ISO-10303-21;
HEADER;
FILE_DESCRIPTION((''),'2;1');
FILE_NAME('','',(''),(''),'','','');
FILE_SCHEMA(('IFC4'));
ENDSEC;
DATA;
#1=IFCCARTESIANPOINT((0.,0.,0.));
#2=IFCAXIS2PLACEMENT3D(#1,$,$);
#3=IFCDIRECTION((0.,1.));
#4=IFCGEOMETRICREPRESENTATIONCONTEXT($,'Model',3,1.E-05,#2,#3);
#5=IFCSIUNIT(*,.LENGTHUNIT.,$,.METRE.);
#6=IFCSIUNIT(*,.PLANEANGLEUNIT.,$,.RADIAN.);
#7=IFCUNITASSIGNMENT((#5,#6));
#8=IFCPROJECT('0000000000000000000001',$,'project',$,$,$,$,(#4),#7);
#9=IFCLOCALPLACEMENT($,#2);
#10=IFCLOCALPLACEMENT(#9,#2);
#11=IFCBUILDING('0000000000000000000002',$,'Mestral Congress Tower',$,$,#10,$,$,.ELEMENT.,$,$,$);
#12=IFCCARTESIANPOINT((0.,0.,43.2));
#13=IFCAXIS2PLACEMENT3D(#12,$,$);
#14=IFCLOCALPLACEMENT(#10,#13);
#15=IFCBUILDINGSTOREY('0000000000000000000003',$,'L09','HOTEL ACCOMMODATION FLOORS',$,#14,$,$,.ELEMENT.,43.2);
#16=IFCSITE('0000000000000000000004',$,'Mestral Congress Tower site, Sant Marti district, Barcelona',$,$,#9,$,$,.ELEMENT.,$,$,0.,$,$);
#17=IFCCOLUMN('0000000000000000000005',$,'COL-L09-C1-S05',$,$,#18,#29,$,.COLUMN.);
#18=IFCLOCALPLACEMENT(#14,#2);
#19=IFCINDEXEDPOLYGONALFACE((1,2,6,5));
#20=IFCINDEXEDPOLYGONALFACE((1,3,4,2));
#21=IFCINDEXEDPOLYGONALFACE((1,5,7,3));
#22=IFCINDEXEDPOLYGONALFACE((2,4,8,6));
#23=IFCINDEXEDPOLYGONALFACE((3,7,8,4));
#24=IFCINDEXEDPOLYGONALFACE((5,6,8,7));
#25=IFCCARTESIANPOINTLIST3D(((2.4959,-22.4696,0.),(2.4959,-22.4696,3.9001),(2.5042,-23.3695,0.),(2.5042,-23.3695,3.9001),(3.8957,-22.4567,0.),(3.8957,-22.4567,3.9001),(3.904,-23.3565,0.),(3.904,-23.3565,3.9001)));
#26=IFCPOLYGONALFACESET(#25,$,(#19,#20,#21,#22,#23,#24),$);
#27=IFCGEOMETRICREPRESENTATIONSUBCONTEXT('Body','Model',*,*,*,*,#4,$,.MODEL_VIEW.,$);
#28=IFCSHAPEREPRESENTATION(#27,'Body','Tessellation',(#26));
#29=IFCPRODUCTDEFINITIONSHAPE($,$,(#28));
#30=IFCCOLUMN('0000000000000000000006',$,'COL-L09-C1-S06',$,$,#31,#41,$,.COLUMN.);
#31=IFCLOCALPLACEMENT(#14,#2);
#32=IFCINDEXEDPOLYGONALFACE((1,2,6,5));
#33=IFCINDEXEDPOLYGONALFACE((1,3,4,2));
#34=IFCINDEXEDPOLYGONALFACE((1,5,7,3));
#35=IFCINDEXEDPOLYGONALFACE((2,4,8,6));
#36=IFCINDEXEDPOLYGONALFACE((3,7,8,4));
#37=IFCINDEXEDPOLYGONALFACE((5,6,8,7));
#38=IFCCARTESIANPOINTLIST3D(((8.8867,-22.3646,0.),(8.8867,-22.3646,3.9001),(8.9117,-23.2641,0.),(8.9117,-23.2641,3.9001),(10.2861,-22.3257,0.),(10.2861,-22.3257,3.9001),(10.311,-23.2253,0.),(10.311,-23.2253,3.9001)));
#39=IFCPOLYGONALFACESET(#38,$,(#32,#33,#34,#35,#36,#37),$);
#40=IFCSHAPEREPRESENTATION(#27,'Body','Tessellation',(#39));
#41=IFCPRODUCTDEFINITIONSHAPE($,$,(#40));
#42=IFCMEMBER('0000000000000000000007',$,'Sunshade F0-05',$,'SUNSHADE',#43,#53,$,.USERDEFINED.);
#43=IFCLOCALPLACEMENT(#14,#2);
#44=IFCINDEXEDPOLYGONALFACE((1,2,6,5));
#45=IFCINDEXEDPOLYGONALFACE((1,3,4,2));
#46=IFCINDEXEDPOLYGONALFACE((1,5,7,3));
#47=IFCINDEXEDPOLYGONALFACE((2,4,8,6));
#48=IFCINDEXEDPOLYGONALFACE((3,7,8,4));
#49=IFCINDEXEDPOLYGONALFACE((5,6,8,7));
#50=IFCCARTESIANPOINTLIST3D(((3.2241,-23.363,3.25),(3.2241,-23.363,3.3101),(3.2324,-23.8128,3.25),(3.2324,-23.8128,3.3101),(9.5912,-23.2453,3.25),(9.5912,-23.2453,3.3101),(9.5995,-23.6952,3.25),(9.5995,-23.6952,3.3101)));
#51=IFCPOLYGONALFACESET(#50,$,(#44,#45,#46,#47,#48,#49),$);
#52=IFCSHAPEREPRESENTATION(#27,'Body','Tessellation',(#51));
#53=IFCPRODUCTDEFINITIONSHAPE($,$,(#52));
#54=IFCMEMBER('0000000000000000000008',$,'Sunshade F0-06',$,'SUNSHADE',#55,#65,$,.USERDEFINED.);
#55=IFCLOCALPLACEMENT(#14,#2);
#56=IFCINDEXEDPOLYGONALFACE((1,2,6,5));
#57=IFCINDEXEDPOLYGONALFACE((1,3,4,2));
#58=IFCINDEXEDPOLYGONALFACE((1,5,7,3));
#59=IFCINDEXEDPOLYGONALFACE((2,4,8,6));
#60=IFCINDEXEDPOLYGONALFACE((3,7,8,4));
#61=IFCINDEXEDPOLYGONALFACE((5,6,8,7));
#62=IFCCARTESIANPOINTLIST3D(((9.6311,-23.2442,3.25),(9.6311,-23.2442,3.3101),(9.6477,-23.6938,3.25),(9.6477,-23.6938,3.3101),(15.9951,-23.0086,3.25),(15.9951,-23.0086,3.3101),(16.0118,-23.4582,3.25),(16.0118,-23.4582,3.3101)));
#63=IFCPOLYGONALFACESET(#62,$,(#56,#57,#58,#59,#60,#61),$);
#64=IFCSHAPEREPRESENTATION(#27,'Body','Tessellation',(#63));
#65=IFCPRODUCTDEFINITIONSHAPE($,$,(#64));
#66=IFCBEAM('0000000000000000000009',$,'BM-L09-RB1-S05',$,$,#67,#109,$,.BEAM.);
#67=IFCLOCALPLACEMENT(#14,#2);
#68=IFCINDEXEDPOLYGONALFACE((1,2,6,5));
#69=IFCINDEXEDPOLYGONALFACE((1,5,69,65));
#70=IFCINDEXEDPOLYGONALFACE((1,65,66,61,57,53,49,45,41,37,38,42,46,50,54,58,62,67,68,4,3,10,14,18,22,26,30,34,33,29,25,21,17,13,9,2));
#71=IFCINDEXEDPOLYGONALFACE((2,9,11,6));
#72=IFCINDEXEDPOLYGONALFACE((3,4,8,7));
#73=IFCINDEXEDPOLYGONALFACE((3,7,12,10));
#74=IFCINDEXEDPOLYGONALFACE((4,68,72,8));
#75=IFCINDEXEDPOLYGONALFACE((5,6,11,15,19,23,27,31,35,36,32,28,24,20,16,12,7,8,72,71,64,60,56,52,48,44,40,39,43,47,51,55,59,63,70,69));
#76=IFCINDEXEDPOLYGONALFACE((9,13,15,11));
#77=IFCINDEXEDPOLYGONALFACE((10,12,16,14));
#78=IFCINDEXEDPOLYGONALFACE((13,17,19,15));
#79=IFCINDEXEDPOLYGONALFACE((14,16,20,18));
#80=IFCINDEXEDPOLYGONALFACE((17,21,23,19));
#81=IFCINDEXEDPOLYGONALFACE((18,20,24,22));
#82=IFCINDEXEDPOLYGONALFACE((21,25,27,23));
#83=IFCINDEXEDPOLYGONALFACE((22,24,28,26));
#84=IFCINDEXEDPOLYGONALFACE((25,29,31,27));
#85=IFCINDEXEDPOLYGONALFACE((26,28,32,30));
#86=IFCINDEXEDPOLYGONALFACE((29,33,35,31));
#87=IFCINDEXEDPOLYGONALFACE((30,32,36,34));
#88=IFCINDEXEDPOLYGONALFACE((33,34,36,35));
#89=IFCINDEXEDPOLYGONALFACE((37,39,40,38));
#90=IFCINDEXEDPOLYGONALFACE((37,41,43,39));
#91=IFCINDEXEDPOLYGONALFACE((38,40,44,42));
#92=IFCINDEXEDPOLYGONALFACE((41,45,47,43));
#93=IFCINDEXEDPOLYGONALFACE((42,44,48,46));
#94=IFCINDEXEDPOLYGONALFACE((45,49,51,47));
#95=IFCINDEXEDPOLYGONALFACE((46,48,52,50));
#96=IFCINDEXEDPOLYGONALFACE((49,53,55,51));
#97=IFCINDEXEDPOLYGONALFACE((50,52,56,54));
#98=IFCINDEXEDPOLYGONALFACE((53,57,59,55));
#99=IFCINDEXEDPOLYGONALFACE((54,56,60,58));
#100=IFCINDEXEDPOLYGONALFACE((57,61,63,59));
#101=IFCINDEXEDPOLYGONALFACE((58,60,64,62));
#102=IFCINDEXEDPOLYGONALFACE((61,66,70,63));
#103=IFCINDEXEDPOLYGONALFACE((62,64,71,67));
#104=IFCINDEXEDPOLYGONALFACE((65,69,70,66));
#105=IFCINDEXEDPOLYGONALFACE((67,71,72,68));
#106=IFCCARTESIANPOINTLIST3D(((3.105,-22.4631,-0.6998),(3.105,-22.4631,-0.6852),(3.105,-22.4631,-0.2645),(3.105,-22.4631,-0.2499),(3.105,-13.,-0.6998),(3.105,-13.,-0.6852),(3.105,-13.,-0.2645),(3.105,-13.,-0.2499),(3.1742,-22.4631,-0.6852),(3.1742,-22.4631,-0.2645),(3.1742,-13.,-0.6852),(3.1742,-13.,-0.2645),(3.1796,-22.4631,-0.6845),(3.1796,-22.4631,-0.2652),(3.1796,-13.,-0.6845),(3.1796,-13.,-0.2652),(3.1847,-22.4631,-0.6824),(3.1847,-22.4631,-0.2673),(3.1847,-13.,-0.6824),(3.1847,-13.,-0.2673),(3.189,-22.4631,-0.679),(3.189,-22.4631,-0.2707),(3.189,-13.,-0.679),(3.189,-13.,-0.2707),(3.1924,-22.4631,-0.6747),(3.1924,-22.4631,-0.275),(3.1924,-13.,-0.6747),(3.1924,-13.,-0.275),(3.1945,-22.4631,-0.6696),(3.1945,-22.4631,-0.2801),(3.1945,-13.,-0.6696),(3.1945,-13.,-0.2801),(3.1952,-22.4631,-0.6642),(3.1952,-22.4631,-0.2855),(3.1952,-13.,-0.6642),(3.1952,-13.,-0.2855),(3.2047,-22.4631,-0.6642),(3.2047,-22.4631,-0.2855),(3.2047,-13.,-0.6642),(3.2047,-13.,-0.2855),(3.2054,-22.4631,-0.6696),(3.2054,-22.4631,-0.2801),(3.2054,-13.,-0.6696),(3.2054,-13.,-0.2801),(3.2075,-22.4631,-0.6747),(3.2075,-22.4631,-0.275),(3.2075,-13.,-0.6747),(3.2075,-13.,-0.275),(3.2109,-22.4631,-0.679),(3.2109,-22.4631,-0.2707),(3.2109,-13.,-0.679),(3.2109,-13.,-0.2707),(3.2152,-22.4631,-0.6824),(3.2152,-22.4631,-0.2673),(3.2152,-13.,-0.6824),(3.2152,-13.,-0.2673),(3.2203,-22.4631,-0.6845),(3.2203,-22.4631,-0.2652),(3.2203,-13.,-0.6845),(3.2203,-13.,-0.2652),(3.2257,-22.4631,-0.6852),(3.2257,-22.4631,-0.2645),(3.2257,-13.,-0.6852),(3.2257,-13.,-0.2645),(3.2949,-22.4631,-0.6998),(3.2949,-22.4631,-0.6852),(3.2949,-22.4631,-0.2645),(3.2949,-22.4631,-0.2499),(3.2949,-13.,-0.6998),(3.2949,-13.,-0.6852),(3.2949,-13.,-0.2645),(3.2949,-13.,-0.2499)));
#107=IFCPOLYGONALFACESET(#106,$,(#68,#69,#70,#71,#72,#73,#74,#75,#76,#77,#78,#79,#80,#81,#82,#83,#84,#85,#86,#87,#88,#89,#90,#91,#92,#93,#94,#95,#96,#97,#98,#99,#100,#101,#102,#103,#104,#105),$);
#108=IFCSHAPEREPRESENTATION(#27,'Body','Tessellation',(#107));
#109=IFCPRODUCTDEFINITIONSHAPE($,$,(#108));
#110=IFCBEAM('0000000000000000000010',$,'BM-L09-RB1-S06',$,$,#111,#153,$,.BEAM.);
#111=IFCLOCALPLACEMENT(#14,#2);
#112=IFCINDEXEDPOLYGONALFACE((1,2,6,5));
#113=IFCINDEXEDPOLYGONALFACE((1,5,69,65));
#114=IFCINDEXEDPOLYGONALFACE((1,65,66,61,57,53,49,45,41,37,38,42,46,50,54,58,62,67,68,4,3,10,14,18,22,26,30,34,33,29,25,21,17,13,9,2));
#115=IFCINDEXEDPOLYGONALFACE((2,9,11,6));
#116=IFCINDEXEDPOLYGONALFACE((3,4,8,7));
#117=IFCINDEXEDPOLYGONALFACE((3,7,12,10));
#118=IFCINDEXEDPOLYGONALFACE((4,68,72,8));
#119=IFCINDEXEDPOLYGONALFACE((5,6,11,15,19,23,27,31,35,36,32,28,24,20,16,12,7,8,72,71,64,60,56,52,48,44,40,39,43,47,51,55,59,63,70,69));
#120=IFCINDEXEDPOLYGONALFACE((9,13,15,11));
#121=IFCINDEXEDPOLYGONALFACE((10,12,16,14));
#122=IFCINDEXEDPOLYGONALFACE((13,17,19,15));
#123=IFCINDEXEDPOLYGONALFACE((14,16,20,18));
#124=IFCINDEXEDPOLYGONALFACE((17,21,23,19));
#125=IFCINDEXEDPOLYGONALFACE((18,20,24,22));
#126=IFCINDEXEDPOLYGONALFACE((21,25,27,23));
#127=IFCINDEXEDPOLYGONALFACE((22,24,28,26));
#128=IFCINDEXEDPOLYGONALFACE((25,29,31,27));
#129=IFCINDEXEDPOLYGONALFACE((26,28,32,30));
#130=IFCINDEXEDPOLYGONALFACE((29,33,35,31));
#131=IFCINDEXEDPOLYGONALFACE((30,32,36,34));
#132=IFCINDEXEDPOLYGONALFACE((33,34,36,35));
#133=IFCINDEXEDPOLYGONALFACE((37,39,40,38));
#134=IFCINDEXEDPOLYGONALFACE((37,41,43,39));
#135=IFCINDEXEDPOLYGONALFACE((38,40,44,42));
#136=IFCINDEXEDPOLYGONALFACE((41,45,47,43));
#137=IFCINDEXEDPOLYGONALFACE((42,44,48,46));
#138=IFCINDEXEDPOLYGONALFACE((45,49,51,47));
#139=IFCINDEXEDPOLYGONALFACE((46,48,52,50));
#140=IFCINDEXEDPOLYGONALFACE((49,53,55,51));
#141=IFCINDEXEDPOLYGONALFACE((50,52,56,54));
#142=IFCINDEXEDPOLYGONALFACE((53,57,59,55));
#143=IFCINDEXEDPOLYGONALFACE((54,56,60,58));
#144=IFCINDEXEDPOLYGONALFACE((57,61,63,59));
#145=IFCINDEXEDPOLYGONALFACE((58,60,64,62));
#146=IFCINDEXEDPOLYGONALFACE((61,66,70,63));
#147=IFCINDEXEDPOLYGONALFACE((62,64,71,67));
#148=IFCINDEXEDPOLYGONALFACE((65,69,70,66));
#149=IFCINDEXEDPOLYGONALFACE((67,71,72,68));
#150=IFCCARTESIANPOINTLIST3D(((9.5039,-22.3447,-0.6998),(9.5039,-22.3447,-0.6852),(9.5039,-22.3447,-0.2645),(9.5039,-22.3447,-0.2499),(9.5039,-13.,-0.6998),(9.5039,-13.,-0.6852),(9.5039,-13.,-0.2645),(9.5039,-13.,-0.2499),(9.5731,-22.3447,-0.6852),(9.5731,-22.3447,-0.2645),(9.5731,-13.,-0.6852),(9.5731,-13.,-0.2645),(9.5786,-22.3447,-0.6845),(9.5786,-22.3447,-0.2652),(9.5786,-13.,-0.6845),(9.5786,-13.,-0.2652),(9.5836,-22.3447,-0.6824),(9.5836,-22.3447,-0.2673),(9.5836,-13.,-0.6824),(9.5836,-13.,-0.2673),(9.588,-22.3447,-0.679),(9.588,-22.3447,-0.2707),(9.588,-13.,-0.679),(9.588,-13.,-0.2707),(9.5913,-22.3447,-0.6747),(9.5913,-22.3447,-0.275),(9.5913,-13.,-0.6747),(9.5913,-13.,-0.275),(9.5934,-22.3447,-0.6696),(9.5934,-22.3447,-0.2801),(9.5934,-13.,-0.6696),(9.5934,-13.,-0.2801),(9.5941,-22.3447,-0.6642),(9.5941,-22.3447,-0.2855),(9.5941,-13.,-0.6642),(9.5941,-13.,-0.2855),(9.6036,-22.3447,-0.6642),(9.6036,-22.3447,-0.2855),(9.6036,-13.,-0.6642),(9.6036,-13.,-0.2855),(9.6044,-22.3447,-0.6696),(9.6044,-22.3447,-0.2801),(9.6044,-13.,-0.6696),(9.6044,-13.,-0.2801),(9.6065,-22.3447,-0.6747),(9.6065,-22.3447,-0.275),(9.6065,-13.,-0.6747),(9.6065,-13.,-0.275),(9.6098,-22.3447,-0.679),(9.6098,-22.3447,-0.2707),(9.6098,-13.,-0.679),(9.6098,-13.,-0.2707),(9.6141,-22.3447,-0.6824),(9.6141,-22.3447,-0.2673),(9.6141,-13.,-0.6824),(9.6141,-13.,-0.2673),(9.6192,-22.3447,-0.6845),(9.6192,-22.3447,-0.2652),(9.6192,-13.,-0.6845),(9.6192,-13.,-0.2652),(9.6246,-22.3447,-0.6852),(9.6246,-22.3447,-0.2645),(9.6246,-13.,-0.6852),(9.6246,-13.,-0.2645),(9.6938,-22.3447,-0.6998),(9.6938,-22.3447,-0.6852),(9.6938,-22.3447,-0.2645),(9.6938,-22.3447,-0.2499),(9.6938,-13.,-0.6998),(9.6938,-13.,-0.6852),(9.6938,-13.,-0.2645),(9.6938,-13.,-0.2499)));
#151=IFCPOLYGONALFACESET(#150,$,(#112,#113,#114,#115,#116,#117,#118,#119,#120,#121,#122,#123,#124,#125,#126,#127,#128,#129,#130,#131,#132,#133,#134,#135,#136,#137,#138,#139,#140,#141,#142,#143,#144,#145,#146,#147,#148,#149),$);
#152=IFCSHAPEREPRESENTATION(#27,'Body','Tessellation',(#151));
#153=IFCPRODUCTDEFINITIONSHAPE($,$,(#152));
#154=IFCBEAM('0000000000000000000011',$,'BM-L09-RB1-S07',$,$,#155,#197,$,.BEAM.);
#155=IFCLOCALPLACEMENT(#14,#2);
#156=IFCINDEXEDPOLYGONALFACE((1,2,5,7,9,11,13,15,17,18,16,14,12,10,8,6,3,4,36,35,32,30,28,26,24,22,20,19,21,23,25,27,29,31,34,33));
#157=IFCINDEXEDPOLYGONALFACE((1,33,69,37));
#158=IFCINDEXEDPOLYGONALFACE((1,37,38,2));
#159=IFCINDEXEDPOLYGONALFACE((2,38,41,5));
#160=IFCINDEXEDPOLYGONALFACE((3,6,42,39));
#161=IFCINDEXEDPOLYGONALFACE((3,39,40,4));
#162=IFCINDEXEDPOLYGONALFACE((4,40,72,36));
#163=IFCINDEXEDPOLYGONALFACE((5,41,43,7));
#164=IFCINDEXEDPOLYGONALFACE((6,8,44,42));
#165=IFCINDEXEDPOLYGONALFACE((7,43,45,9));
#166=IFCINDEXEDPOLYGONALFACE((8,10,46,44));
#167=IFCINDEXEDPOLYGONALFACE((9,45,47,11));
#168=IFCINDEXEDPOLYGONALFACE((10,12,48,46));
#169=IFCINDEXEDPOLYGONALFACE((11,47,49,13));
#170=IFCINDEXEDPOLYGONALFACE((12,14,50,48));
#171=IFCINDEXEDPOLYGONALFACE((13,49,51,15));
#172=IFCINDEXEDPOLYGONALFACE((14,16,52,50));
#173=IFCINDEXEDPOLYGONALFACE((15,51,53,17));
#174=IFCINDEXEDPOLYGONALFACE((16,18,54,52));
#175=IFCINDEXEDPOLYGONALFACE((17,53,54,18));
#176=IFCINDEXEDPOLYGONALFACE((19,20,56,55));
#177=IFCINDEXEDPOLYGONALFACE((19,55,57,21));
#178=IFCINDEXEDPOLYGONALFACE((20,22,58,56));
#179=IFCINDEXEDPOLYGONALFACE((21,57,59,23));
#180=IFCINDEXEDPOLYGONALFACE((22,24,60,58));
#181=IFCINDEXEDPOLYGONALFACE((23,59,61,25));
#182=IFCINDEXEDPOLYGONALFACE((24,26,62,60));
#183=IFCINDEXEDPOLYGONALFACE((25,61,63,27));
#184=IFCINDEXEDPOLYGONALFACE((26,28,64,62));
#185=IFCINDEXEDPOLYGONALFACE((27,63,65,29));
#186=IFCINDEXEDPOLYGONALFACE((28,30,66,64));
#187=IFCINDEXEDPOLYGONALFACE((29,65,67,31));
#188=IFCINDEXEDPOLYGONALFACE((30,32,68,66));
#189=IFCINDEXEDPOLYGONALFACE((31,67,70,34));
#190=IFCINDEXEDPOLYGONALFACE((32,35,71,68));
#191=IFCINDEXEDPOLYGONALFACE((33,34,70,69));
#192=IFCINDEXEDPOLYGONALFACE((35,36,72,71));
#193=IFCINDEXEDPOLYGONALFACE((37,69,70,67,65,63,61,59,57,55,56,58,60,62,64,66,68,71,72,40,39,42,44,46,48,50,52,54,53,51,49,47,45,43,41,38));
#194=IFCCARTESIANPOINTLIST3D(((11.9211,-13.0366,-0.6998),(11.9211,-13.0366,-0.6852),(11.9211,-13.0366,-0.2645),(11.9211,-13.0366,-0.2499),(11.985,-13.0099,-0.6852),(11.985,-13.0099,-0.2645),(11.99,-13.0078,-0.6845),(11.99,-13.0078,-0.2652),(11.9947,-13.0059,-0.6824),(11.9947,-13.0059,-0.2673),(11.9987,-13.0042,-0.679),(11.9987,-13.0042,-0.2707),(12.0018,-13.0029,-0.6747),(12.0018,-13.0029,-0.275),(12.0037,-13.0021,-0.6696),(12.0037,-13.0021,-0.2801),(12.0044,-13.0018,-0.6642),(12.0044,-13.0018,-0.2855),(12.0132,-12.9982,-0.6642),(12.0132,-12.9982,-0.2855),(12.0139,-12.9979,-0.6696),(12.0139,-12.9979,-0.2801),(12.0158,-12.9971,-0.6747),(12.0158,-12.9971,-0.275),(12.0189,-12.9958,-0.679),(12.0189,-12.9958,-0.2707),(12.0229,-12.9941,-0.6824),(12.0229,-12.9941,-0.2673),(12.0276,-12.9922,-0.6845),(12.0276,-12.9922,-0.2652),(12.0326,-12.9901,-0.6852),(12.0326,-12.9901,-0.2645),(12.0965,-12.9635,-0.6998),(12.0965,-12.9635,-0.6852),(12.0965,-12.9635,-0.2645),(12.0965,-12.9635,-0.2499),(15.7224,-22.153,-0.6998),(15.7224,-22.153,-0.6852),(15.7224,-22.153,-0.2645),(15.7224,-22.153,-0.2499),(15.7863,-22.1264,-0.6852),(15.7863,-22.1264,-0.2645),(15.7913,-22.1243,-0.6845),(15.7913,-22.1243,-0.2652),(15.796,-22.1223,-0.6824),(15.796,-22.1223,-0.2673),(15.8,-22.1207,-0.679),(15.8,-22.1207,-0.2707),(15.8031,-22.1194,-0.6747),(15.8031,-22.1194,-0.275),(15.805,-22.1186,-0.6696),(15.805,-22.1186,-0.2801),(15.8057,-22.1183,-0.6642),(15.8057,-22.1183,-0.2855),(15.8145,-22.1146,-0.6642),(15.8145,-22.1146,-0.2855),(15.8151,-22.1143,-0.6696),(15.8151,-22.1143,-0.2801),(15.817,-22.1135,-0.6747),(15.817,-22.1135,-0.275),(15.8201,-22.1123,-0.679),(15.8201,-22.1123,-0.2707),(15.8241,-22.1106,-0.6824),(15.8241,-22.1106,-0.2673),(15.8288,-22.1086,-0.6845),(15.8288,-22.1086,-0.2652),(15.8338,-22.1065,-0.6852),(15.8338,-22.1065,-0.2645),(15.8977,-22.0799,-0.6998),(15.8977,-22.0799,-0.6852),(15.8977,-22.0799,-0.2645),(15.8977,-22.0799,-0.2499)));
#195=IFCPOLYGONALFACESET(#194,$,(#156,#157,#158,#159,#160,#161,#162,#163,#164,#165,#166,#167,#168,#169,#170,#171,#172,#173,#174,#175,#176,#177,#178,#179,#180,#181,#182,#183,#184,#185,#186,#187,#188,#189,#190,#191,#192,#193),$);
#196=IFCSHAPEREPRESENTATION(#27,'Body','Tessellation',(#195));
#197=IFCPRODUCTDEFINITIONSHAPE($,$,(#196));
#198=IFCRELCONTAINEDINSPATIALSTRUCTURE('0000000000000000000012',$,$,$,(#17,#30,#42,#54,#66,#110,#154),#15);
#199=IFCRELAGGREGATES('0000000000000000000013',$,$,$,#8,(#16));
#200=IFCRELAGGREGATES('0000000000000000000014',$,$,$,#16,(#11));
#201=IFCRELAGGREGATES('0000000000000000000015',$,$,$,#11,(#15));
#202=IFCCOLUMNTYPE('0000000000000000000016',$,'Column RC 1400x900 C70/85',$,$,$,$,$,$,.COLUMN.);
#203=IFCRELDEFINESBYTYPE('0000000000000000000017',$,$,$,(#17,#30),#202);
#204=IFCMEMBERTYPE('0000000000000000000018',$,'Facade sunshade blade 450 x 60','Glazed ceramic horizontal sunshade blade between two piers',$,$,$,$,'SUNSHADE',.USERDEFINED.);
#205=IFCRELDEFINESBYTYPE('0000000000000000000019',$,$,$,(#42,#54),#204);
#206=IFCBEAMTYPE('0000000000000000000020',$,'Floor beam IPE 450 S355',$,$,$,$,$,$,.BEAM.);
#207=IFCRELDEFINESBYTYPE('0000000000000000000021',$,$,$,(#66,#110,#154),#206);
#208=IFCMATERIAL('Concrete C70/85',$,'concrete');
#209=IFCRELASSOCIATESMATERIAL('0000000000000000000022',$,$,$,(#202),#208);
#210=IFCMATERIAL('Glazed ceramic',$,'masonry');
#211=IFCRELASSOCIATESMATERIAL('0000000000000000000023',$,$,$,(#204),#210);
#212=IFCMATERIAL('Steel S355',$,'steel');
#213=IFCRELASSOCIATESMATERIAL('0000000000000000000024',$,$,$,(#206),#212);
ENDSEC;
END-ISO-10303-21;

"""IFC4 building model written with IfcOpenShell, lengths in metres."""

from ifc_helpers import new_model, si_unit, direction, frame, origin, origin_2d, place, context, subcontext, project, spatial, rectangle, i_section, extrude, material, material_profile, profile_set, type_object, element, save


model = new_model("IFC4")

# Units and contexts
model_context = context("Model", 3, precision=1e-05, world=origin(), true_north=direction((0.0, 1.0)))
body_context = subcontext(model_context, "Body", "Model", "MODEL_VIEW")
ifc_project = project(units=[si_unit("LENGTHUNIT", "METRE"), si_unit("PLANEANGLEUNIT", "RADIAN")], contexts=[model_context])

# Site, building, storey
site_placement = place(None, origin())
site = spatial("IfcSite", under=ifc_project, at=site_placement, Name="Mestral Congress Tower site, Sant Marti district, Barcelona", CompositionType="ELEMENT", RefElevation=0.0)
building_placement = place(site_placement, origin())
building = spatial("IfcBuilding", under=site, at=building_placement, Name="Mestral Congress Tower", CompositionType="ELEMENT")
storey_placement = place(building_placement, frame((0.0, 0.0, 43.2)))
storey = spatial("IfcBuildingStorey", under=building, at=storey_placement, Name="L09", Description="HOTEL ACCOMMODATION FLOORS", CompositionType="ELEMENT", Elevation=43.2)

# Columns
ifc_material_1 = material(Name="Concrete C70/85", Category="concrete")
ifc_material_profile_1 = material_profile(ifc_material_1, rectangle(XDim=1.3999, YDim=0.8999, at=origin_2d()), Name="RC 1400x900")
ifc_profile_set_1 = profile_set([ifc_material_profile_1], Name="Concrete C70/85")
column_type = type_object("IfcColumnType", Name="Column RC 1400x900 C70/85", PredefinedType="COLUMN", material=ifc_profile_set_1)
for number, where, z_axis, x_axis, name in (
    (1, (3.2, -22.9131, 0.0), (0.0, 0.0, 1.0), (0.999957, 0.009243, 0.0), "COL-L09-C1-S05"),
    (2, (9.5989, -22.7949, 0.0), (0.0, 0.0, 1.0), (0.999616, 0.027726, 0.0), "COL-L09-C1-S06"),
):
    element("IfcColumn", number, at=place(storey_placement, frame(where, z_axis=z_axis, x_axis=x_axis)), inside=storey, type_object=column_type, Name=name, PredefinedType="COLUMN", context=body_context, shape_type="SweptSolid", body=[
        extrude(rectangle(XDim=1.3999, YDim=0.8999, at=origin_2d()), origin(), (0.0, 0.0, 1.0), 3.9001),
    ])

# Members
ifc_material_2 = material(Name="Glazed ceramic", Category="masonry")
ifc_material_profile_2 = material_profile(ifc_material_2, rectangle(XDim=0.45, YDim=0.0601, at=origin_2d()), Name="Ceramic blade 450 x 60")
ifc_profile_set_2 = profile_set([ifc_material_profile_2], Name="Glazed ceramic")
member_type = type_object("IfcMemberType", Name="Facade sunshade blade 450 x 60", Description="Glazed ceramic horizontal sunshade blade between two piers", ElementType="SUNSHADE", PredefinedType="USERDEFINED", material=ifc_profile_set_2)
member_1_placement = place(storey_placement, frame((3.2283, -23.5879, 3.28), z_axis=(0.999829, 0.018478, 0.0), x_axis=(-0.018478, 0.999829, 0.0)))
element("IfcMember", 3, at=member_1_placement, inside=storey, type_object=member_type, Name="Sunshade F0-05", ObjectType="SUNSHADE", PredefinedType="USERDEFINED", context=body_context, shape_type="SweptSolid", body=[
    extrude(rectangle(XDim=0.45, YDim=0.0601, at=origin_2d()), origin(), (0.0, 0.0, 1.0), 6.3682),
])
member_2_placement = place(storey_placement, frame((9.6394, -23.469, 3.28), z_axis=(0.999315, 0.036995, 0.0), x_axis=(-0.036995, 0.999315, 0.0)))
element("IfcMember", 4, at=member_2_placement, inside=storey, type_object=member_type, Name="Sunshade F0-06", ObjectType="SUNSHADE", PredefinedType="USERDEFINED", context=body_context, shape_type="SweptSolid", body=[
    extrude(rectangle(XDim=0.45, YDim=0.0601, at=origin_2d()), origin(), (0.0, 0.0, 1.0), 6.3684),
])

# Beams
ifc_material_3 = material(Name="Steel S355", Category="steel")
ifc_material_profile_3 = material_profile(ifc_material_3, i_section(OverallWidth=0.1899, OverallDepth=0.45, WebThickness=0.0095, FlangeThickness=0.0146, FilletRadius=0.021, at=origin_2d()), Name="IPE 450")
ifc_profile_set_3 = profile_set([ifc_material_profile_3], Name="Steel S355")
beam_type_1 = type_object("IfcBeamType", Name="Floor beam IPE 450 S355", PredefinedType="BEAM", material=ifc_profile_set_3)
beam_1_placement = place(storey_placement, frame((3.2, -22.4631, -0.4749), z_axis=(0.0, 1.0, 0.0), x_axis=(-1.0, 0.0, 0.0)))
element("IfcBeam", 5, at=beam_1_placement, inside=storey, type_object=beam_type_1, Name="BM-L09-RB1-S05", PredefinedType="BEAM", context=body_context, shape_type="SweptSolid", body=[
    extrude(i_section(OverallWidth=0.1899, OverallDepth=0.45, WebThickness=0.0095, FlangeThickness=0.0146, FilletRadius=0.021, at=origin_2d()), origin(), (0.0, 0.0, 1.0), 9.4631),
])
beam_2_placement = place(storey_placement, frame((9.5989, -22.3447, -0.4749), z_axis=(0.0, 1.0, 0.0), x_axis=(-1.0, 0.0, 0.0)))
element("IfcBeam", 6, at=beam_2_placement, inside=storey, type_object=beam_type_1, Name="BM-L09-RB1-S06", PredefinedType="BEAM", context=body_context, shape_type="SweptSolid", body=[
    extrude(i_section(OverallWidth=0.1899, OverallDepth=0.45, WebThickness=0.0095, FlangeThickness=0.0146, FilletRadius=0.021, at=origin_2d()), origin(), (0.0, 0.0, 1.0), 9.3447),
])
beam_3_placement = place(storey_placement, frame((15.8101, -22.1165, -0.4749), z_axis=(-0.384852, 0.922978, 0.0), x_axis=(-0.922978, -0.384852, 0.0)))
element("IfcBeam", 7, at=beam_3_placement, inside=storey, type_object=beam_type_1, Name="BM-L09-RB1-S07", PredefinedType="BEAM", context=body_context, shape_type="SweptSolid", body=[
    extrude(i_section(OverallWidth=0.1899, OverallDepth=0.45, WebThickness=0.0095, FlangeThickness=0.0146, FilletRadius=0.021, at=origin_2d()), origin(), (0.0, 0.0, 1.0), 9.8772),
])

save(model, "model.ifc")
